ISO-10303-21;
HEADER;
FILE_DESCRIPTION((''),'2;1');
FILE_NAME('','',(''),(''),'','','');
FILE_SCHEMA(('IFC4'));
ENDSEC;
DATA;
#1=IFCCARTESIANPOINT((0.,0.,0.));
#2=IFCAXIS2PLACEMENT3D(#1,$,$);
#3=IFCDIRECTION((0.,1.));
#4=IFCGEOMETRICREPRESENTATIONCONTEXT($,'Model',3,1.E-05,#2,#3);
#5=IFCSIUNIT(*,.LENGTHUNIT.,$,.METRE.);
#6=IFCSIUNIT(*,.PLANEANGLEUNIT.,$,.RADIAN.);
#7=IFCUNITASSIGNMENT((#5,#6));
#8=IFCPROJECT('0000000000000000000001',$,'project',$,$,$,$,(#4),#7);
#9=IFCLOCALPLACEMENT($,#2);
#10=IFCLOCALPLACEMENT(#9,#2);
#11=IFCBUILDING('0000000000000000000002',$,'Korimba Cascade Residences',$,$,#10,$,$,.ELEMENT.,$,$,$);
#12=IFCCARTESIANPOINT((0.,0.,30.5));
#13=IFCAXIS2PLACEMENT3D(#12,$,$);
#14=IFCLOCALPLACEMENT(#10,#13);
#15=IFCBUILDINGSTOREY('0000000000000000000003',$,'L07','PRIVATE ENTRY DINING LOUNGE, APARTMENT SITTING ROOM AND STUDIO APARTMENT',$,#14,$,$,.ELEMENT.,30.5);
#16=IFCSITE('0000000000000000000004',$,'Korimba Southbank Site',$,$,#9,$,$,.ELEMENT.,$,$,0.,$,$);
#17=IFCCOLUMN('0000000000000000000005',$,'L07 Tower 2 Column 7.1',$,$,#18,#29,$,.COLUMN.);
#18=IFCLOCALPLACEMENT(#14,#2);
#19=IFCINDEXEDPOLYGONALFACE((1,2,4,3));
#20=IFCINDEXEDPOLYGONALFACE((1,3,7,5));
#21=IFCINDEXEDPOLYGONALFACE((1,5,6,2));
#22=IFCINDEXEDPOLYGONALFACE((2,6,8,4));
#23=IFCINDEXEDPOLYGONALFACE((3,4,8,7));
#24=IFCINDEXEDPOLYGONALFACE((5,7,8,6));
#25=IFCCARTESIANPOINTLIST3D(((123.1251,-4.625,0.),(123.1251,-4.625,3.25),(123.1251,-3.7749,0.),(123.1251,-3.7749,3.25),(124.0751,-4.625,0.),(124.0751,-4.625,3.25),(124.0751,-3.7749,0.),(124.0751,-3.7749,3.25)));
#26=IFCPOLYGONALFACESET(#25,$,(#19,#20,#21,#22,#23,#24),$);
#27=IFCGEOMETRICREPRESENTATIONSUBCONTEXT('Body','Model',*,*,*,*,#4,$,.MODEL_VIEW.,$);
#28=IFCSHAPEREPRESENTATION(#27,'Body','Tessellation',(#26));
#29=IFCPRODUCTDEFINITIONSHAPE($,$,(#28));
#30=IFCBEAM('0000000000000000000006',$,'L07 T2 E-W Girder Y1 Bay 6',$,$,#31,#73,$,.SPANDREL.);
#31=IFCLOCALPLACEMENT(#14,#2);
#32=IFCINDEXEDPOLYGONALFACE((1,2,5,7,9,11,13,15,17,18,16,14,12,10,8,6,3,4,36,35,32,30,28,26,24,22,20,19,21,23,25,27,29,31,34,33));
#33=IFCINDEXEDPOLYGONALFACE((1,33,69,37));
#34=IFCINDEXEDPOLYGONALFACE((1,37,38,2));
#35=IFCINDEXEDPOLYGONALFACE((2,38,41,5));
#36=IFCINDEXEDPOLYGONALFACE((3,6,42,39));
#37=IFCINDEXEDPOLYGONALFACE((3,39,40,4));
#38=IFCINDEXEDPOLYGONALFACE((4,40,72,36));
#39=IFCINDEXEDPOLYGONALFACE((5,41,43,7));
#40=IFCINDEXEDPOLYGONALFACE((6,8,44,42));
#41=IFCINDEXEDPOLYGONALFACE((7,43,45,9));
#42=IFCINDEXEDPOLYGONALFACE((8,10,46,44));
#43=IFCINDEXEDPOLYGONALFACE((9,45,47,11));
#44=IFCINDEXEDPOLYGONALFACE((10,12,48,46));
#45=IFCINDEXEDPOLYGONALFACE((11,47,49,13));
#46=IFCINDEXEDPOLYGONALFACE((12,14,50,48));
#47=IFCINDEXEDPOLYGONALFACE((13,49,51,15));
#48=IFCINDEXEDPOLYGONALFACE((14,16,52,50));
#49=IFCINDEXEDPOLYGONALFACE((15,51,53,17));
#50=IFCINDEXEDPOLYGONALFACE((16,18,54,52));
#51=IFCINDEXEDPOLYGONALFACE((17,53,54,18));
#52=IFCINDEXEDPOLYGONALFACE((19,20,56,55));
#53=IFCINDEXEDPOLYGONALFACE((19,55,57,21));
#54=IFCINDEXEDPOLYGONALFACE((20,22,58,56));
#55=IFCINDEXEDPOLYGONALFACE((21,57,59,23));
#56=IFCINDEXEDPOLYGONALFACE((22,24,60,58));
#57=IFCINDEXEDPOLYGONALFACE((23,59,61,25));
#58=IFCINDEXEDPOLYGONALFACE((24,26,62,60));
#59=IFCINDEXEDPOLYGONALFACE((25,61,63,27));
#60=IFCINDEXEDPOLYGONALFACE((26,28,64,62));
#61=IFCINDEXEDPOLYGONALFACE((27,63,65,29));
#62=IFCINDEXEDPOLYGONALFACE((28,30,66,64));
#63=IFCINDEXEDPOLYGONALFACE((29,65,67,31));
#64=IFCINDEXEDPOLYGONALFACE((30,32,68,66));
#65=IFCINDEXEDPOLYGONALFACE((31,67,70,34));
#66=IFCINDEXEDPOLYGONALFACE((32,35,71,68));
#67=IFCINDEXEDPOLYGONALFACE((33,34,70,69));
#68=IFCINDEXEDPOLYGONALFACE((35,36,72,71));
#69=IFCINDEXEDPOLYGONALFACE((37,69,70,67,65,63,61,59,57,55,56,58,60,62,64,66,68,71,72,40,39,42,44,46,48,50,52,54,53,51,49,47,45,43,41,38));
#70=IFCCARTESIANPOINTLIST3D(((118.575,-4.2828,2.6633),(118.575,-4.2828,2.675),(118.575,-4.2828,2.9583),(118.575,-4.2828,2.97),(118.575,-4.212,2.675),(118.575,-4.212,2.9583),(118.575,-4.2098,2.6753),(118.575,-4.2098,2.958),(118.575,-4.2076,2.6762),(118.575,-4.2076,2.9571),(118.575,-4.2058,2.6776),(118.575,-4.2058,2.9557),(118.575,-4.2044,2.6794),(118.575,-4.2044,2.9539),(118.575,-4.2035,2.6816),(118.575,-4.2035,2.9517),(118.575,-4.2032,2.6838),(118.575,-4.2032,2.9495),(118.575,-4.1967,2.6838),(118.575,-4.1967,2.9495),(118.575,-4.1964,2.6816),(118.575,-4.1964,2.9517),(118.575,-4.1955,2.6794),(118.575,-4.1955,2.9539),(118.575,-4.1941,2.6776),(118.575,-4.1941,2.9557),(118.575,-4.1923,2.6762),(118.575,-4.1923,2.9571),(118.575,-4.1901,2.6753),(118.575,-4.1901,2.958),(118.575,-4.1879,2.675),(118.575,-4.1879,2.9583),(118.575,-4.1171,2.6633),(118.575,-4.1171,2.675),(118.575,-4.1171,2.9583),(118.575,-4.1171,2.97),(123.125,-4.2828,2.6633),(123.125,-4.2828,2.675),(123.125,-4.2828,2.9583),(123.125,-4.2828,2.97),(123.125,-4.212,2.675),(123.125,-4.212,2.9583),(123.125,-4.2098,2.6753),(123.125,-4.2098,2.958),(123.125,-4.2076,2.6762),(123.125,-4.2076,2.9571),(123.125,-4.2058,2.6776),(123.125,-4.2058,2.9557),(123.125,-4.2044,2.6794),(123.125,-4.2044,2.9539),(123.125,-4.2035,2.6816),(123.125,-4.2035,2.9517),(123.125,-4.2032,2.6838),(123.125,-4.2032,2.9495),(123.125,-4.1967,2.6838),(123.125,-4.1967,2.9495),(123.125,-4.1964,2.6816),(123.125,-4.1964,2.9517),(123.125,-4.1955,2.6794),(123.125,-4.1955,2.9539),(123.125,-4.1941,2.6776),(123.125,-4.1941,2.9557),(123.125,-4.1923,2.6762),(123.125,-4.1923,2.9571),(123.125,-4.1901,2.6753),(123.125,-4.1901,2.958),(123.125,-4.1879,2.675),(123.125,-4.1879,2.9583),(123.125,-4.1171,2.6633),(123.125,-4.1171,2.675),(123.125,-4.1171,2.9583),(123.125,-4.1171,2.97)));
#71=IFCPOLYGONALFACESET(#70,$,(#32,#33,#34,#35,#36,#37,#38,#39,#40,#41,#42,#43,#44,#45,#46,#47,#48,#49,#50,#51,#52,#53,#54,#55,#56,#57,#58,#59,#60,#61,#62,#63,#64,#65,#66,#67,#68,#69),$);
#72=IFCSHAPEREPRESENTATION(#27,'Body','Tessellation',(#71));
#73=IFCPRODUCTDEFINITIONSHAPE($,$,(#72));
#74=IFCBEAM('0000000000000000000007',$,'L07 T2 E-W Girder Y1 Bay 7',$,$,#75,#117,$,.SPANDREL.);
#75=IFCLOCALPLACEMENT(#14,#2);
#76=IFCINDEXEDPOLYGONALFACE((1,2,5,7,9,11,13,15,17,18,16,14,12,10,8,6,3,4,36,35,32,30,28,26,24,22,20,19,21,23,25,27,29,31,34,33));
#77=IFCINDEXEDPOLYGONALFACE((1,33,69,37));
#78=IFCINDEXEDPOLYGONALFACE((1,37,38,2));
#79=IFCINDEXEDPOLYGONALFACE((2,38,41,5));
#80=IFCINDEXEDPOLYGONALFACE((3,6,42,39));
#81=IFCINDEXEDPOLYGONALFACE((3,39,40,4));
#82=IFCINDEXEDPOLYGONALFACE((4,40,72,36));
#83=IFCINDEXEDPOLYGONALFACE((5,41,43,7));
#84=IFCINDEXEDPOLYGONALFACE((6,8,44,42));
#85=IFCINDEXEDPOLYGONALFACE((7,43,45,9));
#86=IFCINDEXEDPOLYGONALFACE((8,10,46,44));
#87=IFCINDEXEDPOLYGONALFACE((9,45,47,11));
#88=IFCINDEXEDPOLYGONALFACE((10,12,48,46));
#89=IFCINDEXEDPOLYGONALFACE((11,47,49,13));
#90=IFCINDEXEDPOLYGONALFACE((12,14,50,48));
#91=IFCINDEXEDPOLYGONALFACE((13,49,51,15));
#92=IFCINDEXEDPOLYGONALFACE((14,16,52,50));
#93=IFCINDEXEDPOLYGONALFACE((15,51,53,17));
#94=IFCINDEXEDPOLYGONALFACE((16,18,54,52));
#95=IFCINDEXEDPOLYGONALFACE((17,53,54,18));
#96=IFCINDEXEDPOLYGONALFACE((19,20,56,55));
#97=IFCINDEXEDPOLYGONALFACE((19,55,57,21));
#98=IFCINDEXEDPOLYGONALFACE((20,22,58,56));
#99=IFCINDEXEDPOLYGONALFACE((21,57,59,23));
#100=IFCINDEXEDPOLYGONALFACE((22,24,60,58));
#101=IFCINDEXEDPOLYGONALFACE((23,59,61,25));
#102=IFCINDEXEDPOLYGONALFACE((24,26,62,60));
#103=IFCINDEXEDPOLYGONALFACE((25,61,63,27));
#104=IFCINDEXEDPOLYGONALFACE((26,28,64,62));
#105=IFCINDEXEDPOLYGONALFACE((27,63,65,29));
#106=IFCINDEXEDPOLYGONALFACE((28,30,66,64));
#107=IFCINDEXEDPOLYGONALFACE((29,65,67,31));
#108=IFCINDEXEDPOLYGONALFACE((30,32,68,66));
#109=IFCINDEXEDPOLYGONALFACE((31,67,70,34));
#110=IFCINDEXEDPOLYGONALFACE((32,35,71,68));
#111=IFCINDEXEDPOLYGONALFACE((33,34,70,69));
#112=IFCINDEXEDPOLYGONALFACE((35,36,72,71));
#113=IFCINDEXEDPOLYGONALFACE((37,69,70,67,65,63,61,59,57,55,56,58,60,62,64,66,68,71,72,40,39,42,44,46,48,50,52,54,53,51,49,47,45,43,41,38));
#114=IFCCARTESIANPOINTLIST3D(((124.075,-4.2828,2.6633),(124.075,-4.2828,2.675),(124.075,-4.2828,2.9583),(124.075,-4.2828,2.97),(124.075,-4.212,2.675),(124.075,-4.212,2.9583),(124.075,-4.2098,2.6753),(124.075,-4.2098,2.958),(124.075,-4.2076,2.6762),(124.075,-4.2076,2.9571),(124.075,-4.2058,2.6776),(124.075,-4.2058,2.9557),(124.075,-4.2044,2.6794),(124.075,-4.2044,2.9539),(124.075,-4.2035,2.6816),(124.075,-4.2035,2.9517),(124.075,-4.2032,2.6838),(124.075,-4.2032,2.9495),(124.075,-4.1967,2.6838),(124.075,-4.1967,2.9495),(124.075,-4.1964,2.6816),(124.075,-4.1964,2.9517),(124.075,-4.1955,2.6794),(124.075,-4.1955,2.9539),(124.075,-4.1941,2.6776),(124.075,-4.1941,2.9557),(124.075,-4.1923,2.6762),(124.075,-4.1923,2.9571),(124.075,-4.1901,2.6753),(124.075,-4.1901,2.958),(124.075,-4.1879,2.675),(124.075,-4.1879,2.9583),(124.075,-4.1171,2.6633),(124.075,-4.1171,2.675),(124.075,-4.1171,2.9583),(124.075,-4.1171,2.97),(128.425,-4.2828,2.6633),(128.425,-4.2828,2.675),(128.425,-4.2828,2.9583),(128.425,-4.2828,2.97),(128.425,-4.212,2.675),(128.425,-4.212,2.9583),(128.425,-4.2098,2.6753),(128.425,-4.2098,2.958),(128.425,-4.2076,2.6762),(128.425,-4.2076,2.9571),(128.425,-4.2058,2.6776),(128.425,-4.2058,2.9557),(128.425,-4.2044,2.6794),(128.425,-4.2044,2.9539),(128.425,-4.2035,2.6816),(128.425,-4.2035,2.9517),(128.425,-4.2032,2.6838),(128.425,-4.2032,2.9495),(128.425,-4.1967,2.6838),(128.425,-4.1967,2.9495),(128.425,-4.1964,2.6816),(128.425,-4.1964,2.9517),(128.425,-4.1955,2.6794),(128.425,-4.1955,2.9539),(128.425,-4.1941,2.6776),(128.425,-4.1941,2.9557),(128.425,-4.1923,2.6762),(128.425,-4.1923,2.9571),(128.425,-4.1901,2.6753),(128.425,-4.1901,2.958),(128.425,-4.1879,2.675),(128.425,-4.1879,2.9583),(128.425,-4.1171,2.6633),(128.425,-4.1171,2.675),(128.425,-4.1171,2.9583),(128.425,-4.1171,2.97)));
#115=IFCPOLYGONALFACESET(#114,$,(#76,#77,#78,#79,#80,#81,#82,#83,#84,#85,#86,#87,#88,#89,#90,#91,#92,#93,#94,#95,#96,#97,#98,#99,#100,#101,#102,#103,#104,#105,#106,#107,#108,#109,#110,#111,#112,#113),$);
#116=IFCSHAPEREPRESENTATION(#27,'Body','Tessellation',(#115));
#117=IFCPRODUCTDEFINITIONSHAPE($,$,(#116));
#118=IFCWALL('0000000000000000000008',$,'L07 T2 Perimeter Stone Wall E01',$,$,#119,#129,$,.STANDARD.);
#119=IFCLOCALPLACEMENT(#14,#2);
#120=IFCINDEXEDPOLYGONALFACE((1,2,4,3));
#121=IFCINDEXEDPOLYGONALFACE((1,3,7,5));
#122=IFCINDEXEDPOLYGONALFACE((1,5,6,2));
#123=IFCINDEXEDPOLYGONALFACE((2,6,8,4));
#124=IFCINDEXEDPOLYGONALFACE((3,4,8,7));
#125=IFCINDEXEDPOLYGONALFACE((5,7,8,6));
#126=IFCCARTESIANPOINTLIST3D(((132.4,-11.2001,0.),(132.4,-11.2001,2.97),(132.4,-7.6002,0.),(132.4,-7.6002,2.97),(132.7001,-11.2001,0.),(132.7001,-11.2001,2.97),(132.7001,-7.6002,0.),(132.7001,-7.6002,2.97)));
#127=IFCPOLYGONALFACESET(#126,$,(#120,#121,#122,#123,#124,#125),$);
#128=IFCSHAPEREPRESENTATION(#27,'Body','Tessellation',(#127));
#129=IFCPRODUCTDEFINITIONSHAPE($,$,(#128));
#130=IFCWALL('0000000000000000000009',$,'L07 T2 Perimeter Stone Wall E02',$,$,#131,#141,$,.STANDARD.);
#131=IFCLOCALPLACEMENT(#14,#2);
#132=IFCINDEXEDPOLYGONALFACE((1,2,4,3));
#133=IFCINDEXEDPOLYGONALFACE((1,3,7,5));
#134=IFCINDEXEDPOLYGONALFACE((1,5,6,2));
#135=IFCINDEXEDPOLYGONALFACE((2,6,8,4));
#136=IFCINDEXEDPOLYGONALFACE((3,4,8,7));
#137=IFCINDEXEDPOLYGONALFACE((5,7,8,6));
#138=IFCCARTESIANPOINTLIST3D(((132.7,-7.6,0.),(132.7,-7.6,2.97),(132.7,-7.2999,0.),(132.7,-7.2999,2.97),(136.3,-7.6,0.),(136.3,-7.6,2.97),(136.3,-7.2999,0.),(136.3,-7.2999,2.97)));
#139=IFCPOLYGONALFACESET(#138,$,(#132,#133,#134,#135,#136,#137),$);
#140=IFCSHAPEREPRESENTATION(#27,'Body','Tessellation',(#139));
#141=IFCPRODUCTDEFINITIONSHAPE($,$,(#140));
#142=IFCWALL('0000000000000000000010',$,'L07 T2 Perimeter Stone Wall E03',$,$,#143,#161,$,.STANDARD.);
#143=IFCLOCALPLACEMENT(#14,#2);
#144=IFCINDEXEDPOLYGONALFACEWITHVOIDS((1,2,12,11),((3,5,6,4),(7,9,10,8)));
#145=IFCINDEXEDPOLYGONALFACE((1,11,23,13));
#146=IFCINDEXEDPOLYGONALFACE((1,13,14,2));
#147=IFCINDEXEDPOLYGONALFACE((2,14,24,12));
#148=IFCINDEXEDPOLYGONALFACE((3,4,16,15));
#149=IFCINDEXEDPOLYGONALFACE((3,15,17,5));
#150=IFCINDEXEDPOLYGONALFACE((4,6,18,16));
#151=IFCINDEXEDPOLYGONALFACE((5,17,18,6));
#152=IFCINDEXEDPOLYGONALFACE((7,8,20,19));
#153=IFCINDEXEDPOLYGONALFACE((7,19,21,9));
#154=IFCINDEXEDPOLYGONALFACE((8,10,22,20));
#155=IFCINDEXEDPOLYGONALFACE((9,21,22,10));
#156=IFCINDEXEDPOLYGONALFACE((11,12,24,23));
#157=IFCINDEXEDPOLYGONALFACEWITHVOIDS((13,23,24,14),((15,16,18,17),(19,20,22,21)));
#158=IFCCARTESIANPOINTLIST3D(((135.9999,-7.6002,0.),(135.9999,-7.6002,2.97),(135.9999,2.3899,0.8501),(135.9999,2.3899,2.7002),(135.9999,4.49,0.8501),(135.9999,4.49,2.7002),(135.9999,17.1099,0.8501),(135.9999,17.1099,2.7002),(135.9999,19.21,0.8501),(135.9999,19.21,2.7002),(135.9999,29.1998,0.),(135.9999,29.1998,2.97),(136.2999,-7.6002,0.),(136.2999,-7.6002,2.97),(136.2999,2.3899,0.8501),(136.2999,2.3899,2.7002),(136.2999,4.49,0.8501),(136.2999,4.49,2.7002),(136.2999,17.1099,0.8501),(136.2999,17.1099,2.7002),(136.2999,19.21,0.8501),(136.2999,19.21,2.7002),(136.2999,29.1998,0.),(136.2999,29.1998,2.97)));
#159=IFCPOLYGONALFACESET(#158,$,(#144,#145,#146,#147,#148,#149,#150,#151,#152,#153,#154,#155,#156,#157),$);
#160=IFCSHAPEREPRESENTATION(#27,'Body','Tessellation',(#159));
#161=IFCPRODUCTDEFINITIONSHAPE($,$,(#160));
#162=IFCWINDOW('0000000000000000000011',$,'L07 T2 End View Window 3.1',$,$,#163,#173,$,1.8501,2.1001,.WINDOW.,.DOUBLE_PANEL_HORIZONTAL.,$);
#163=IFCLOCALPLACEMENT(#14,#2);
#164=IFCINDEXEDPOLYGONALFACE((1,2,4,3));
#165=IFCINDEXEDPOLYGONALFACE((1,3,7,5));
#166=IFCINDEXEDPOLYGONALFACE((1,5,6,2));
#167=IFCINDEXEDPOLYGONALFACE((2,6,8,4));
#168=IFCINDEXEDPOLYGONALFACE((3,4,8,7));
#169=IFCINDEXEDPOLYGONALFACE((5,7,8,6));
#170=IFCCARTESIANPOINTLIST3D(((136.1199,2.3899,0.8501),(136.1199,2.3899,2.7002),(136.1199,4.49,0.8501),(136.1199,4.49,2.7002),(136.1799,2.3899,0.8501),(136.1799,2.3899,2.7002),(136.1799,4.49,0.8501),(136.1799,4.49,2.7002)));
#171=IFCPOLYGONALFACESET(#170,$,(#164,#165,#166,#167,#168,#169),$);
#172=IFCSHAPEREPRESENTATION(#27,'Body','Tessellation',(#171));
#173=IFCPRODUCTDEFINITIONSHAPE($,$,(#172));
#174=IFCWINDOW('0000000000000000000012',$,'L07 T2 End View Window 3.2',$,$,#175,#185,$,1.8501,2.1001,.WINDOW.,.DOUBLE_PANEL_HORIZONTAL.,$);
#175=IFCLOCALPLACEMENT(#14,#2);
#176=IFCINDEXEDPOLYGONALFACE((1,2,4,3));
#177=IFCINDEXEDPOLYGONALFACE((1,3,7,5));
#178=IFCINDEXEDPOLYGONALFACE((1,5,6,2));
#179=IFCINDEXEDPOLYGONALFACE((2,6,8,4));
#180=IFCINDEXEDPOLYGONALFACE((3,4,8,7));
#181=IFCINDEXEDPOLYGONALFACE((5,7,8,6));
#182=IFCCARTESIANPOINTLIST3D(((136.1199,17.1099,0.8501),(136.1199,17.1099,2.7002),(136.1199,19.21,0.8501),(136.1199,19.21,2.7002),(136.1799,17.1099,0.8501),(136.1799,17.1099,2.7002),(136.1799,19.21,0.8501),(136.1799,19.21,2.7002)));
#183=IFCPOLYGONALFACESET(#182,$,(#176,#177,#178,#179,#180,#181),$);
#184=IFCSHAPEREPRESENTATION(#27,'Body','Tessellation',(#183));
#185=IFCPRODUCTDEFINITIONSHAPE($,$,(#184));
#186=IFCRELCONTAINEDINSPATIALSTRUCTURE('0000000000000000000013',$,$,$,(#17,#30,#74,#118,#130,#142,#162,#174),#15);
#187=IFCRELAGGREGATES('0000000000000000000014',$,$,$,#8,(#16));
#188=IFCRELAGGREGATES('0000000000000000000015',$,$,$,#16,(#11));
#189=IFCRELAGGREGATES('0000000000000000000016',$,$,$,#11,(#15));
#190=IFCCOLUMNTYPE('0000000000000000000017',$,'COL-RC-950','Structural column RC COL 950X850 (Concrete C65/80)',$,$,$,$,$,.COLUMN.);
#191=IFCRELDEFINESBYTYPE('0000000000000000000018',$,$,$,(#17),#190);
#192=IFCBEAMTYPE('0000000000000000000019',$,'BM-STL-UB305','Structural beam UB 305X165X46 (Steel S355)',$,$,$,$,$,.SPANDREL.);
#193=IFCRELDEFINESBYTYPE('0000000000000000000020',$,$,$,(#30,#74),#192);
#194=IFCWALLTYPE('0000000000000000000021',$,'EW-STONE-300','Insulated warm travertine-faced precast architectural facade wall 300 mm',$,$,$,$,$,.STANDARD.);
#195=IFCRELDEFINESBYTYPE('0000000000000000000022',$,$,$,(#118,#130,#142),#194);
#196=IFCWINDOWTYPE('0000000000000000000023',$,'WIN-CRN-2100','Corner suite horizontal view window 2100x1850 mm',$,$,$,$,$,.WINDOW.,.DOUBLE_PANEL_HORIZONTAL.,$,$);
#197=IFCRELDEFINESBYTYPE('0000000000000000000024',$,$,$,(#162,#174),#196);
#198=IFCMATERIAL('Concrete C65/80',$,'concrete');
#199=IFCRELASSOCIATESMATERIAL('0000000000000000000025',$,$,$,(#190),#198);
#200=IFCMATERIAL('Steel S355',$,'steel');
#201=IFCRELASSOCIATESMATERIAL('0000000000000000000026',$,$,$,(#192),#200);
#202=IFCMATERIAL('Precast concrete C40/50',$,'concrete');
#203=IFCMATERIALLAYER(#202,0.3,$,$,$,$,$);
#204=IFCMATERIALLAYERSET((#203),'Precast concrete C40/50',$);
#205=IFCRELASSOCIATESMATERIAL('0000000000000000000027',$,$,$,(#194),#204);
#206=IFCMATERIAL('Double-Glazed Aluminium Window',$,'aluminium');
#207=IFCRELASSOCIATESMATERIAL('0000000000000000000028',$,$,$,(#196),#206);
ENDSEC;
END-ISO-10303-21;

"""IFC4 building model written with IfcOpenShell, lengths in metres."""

from ifc_helpers import new_model, si_unit, direction, frame, frame_2d, origin, origin_2d, place, context, subcontext, project, spatial, rectangle, i_section, extrude, material, layer, layer_set, material_profile, profile_set, type_object, element, fill, save


model = new_model("IFC4")

# Units and contexts
model_context = context("Model", 3, precision=1e-05, world=origin(), true_north=direction((0.0, 1.0)))
body_context = subcontext(model_context, "Body", "Model", "MODEL_VIEW")
ifc_project = project(units=[si_unit("LENGTHUNIT", "METRE"), si_unit("PLANEANGLEUNIT", "RADIAN")], contexts=[model_context])

# Site, building, storey
site_placement = place(None, origin())
site = spatial("IfcSite", under=ifc_project, at=site_placement, Name="Korimba Southbank Site", CompositionType="ELEMENT", RefElevation=0.0)
building_placement = place(site_placement, origin())
building = spatial("IfcBuilding", under=site, at=building_placement, Name="Korimba Cascade Residences", CompositionType="ELEMENT")
storey_placement = place(building_placement, frame((0.0, 0.0, 30.5)))
storey = spatial("IfcBuildingStorey", under=building, at=storey_placement, Name="L07", Description="PRIVATE ENTRY DINING LOUNGE, APARTMENT SITTING ROOM AND STUDIO APARTMENT", CompositionType="ELEMENT", Elevation=30.5)

# Column
ifc_material_1 = material(Name="Concrete C65/80", Category="concrete")
ifc_material_profile_1 = material_profile(ifc_material_1, rectangle(XDim=0.95, YDim=0.8501, at=origin_2d()), Name="Concrete C65/80")
ifc_profile_set_1 = profile_set([ifc_material_profile_1], Name="Concrete C65/80")
column_type = type_object("IfcColumnType", Name="COL-RC-950", Description="Structural column RC COL 950X850 (Concrete C65/80)", PredefinedType="COLUMN", material=ifc_profile_set_1)
column_placement = place(storey_placement, frame((123.6001, -4.2, 0.0), z_axis=(0.0, 0.0, 1.0), x_axis=(1.0, 0.0, 0.0)))
element("IfcColumn", 1, at=column_placement, inside=storey, type_object=column_type, Name="L07 Tower 2 Column 7.1", PredefinedType="COLUMN", context=body_context, shape_type="SweptSolid", body=[
    extrude(rectangle(XDim=0.95, YDim=0.8501, at=origin_2d()), origin(), (0.0, 0.0, 1.0), 3.25),
])

# Beams
ifc_material_2 = material(Name="Steel S355", Category="steel")
ifc_material_profile_2 = material_profile(ifc_material_2, i_section(OverallWidth=0.1658, OverallDepth=0.3066, WebThickness=0.0066, FlangeThickness=0.0117, FilletRadius=0.0088, at=origin_2d()), Name="Steel S355")
ifc_profile_set_2 = profile_set([ifc_material_profile_2], Name="Steel S355")
beam_type = type_object("IfcBeamType", Name="BM-STL-UB305", Description="Structural beam UB 305X165X46 (Steel S355)", PredefinedType="SPANDREL", material=ifc_profile_set_2)
beam_1_placement = place(storey_placement, frame((118.575, -4.2, 2.8167), z_axis=(1.0, 0.0, 0.0), x_axis=(0.0, 1.0, 0.0)))
element("IfcBeam", 2, at=beam_1_placement, inside=storey, type_object=beam_type, Name="L07 T2 E-W Girder Y1 Bay 6", PredefinedType="SPANDREL", context=body_context, shape_type="SweptSolid", body=[
    extrude(i_section(OverallWidth=0.1658, OverallDepth=0.3066, WebThickness=0.0066, FlangeThickness=0.0117, FilletRadius=0.0088, at=origin_2d()), origin(), (0.0, 0.0, 1.0), 4.55),
])
beam_2_placement = place(storey_placement, frame((124.075, -4.2, 2.8167), z_axis=(1.0, 0.0, 0.0), x_axis=(0.0, 1.0, 0.0)))
element("IfcBeam", 3, at=beam_2_placement, inside=storey, type_object=beam_type, Name="L07 T2 E-W Girder Y1 Bay 7", PredefinedType="SPANDREL", context=body_context, shape_type="SweptSolid", body=[
    extrude(i_section(OverallWidth=0.1658, OverallDepth=0.3066, WebThickness=0.0066, FlangeThickness=0.0117, FilletRadius=0.0088, at=origin_2d()), origin(), (0.0, 0.0, 1.0), 4.3501),
])

# Walls
ifc_material_3 = material(Name="Precast concrete C40/50", Category="concrete")
ifc_layer_1 = layer(ifc_material_3, 0.3)
ifc_layer_set_1 = layer_set([ifc_layer_1], Name="Precast concrete C40/50")
wall_type_1 = type_object("IfcWallType", Name="EW-STONE-300", Description="Insulated warm travertine-faced precast architectural facade wall 300 mm", PredefinedType="STANDARD", material=ifc_layer_set_1)
wall_1_placement = place(storey_placement, frame((132.55, -11.2, 0.0), z_axis=(0.0, 0.0, 1.0), x_axis=(0.0, 1.0, 0.0)))
element("IfcWall", 4, at=wall_1_placement, inside=storey, type_object=wall_type_1, Name="L07 T2 Perimeter Stone Wall E01", PredefinedType="STANDARD", context=body_context, shape_type="SweptSolid", body=[
    extrude(rectangle(XDim=3.5999, YDim=0.3, at=frame_2d((1.7998, 0.0))), origin(), (0.0, 0.0, 1.0), 2.97),
])
wall_2_placement = place(storey_placement, frame((132.7, -7.45, 0.0), z_axis=(0.0, 0.0, 1.0), x_axis=(1.0, 0.0, 0.0)))
element("IfcWall", 5, at=wall_2_placement, inside=storey, type_object=wall_type_1, Name="L07 T2 Perimeter Stone Wall E02", PredefinedType="STANDARD", context=body_context, shape_type="SweptSolid", body=[
    extrude(rectangle(XDim=3.6001, YDim=0.3, at=frame_2d((1.8, 0.0))), origin(), (0.0, 0.0, 1.0), 2.97),
])

# Wall, openings, windows
wall_3_placement = place(storey_placement, frame((136.1499, -7.6001, 0.0), z_axis=(0.0, 0.0, 1.0), x_axis=(0.0, 1.0, 0.0)))
wall_3 = element("IfcWall", 6, at=wall_3_placement, inside=storey, type_object=wall_type_1, Name="L07 T2 Perimeter Stone Wall E03", PredefinedType="STANDARD", context=body_context, shape_type="SweptSolid", body=[
    extrude(rectangle(XDim=36.8, YDim=0.3, at=frame_2d((18.3999, 0.0))), origin(), (0.0, 0.0, 1.0), 2.97),
])
opening_1_placement = place(wall_3_placement, frame((9.99, 0.0, 0.8501)))
opening_1 = element("IfcOpeningElement", 7, at=opening_1_placement, cuts=wall_3, PredefinedType="OPENING", context=body_context, shape_type="SweptSolid", body=[
    extrude(rectangle(XDim=2.1001, YDim=1.8501, at=frame_2d((1.05, 0.925))), frame((0.0, 0.1602, 0.0), z_axis=(0.0, -1.0, 0.0), x_axis=(1.0, 0.0, 0.0)), (0.0, 0.0, 1.0), 0.3201),
])
opening_2_placement = place(wall_3_placement, frame((24.71, 0.0, 0.8501)))
opening_2 = element("IfcOpeningElement", 8, at=opening_2_placement, cuts=wall_3, PredefinedType="OPENING", context=body_context, shape_type="SweptSolid", body=[
    extrude(rectangle(XDim=2.1001, YDim=1.8501, at=frame_2d((1.05, 0.925))), frame((0.0, 0.1602, 0.0), z_axis=(0.0, -1.0, 0.0), x_axis=(1.0, 0.0, 0.0)), (0.0, 0.0, 1.0), 0.3201),
])
ifc_material_4 = material(Name="Double-Glazed Aluminium Window", Category="aluminium")
window_type = type_object("IfcWindowType", Name="WIN-CRN-2100", Description="Corner suite horizontal view window 2100x1850 mm", PartitioningType="DOUBLE_PANEL_HORIZONTAL", PredefinedType="WINDOW", material=ifc_material_4)
window_1_placement = place(opening_1_placement, origin())
window_1 = element("IfcWindow", 9, at=window_1_placement, inside=storey, type_object=window_type, Name="L07 T2 End View Window 3.1", OverallHeight=1.8501, OverallWidth=2.1001, PartitioningType="DOUBLE_PANEL_HORIZONTAL", PredefinedType="WINDOW", context=body_context, shape_type="SweptSolid", body=[
    extrude(rectangle(XDim=2.1001, YDim=1.8501, at=frame_2d((1.05, 0.925))), frame((0.0, 0.03, 0.0), z_axis=(0.0, -1.0, 0.0), x_axis=(1.0, 0.0, 0.0)), (0.0, 0.0, 1.0), 0.0601),
])
fill(opening_1, window_1)
window_2_placement = place(opening_2_placement, origin())
window_2 = element("IfcWindow", 10, at=window_2_placement, inside=storey, type_object=window_type, Name="L07 T2 End View Window 3.2", OverallHeight=1.8501, OverallWidth=2.1001, PartitioningType="DOUBLE_PANEL_HORIZONTAL", PredefinedType="WINDOW", context=body_context, shape_type="SweptSolid", body=[
    extrude(rectangle(XDim=2.1001, YDim=1.8501, at=frame_2d((1.05, 0.925))), frame((0.0, 0.03, 0.0), z_axis=(0.0, -1.0, 0.0), x_axis=(1.0, 0.0, 0.0)), (0.0, 0.0, 1.0), 0.0601),
])
fill(opening_2, window_2)

save(model, "model.ifc")
